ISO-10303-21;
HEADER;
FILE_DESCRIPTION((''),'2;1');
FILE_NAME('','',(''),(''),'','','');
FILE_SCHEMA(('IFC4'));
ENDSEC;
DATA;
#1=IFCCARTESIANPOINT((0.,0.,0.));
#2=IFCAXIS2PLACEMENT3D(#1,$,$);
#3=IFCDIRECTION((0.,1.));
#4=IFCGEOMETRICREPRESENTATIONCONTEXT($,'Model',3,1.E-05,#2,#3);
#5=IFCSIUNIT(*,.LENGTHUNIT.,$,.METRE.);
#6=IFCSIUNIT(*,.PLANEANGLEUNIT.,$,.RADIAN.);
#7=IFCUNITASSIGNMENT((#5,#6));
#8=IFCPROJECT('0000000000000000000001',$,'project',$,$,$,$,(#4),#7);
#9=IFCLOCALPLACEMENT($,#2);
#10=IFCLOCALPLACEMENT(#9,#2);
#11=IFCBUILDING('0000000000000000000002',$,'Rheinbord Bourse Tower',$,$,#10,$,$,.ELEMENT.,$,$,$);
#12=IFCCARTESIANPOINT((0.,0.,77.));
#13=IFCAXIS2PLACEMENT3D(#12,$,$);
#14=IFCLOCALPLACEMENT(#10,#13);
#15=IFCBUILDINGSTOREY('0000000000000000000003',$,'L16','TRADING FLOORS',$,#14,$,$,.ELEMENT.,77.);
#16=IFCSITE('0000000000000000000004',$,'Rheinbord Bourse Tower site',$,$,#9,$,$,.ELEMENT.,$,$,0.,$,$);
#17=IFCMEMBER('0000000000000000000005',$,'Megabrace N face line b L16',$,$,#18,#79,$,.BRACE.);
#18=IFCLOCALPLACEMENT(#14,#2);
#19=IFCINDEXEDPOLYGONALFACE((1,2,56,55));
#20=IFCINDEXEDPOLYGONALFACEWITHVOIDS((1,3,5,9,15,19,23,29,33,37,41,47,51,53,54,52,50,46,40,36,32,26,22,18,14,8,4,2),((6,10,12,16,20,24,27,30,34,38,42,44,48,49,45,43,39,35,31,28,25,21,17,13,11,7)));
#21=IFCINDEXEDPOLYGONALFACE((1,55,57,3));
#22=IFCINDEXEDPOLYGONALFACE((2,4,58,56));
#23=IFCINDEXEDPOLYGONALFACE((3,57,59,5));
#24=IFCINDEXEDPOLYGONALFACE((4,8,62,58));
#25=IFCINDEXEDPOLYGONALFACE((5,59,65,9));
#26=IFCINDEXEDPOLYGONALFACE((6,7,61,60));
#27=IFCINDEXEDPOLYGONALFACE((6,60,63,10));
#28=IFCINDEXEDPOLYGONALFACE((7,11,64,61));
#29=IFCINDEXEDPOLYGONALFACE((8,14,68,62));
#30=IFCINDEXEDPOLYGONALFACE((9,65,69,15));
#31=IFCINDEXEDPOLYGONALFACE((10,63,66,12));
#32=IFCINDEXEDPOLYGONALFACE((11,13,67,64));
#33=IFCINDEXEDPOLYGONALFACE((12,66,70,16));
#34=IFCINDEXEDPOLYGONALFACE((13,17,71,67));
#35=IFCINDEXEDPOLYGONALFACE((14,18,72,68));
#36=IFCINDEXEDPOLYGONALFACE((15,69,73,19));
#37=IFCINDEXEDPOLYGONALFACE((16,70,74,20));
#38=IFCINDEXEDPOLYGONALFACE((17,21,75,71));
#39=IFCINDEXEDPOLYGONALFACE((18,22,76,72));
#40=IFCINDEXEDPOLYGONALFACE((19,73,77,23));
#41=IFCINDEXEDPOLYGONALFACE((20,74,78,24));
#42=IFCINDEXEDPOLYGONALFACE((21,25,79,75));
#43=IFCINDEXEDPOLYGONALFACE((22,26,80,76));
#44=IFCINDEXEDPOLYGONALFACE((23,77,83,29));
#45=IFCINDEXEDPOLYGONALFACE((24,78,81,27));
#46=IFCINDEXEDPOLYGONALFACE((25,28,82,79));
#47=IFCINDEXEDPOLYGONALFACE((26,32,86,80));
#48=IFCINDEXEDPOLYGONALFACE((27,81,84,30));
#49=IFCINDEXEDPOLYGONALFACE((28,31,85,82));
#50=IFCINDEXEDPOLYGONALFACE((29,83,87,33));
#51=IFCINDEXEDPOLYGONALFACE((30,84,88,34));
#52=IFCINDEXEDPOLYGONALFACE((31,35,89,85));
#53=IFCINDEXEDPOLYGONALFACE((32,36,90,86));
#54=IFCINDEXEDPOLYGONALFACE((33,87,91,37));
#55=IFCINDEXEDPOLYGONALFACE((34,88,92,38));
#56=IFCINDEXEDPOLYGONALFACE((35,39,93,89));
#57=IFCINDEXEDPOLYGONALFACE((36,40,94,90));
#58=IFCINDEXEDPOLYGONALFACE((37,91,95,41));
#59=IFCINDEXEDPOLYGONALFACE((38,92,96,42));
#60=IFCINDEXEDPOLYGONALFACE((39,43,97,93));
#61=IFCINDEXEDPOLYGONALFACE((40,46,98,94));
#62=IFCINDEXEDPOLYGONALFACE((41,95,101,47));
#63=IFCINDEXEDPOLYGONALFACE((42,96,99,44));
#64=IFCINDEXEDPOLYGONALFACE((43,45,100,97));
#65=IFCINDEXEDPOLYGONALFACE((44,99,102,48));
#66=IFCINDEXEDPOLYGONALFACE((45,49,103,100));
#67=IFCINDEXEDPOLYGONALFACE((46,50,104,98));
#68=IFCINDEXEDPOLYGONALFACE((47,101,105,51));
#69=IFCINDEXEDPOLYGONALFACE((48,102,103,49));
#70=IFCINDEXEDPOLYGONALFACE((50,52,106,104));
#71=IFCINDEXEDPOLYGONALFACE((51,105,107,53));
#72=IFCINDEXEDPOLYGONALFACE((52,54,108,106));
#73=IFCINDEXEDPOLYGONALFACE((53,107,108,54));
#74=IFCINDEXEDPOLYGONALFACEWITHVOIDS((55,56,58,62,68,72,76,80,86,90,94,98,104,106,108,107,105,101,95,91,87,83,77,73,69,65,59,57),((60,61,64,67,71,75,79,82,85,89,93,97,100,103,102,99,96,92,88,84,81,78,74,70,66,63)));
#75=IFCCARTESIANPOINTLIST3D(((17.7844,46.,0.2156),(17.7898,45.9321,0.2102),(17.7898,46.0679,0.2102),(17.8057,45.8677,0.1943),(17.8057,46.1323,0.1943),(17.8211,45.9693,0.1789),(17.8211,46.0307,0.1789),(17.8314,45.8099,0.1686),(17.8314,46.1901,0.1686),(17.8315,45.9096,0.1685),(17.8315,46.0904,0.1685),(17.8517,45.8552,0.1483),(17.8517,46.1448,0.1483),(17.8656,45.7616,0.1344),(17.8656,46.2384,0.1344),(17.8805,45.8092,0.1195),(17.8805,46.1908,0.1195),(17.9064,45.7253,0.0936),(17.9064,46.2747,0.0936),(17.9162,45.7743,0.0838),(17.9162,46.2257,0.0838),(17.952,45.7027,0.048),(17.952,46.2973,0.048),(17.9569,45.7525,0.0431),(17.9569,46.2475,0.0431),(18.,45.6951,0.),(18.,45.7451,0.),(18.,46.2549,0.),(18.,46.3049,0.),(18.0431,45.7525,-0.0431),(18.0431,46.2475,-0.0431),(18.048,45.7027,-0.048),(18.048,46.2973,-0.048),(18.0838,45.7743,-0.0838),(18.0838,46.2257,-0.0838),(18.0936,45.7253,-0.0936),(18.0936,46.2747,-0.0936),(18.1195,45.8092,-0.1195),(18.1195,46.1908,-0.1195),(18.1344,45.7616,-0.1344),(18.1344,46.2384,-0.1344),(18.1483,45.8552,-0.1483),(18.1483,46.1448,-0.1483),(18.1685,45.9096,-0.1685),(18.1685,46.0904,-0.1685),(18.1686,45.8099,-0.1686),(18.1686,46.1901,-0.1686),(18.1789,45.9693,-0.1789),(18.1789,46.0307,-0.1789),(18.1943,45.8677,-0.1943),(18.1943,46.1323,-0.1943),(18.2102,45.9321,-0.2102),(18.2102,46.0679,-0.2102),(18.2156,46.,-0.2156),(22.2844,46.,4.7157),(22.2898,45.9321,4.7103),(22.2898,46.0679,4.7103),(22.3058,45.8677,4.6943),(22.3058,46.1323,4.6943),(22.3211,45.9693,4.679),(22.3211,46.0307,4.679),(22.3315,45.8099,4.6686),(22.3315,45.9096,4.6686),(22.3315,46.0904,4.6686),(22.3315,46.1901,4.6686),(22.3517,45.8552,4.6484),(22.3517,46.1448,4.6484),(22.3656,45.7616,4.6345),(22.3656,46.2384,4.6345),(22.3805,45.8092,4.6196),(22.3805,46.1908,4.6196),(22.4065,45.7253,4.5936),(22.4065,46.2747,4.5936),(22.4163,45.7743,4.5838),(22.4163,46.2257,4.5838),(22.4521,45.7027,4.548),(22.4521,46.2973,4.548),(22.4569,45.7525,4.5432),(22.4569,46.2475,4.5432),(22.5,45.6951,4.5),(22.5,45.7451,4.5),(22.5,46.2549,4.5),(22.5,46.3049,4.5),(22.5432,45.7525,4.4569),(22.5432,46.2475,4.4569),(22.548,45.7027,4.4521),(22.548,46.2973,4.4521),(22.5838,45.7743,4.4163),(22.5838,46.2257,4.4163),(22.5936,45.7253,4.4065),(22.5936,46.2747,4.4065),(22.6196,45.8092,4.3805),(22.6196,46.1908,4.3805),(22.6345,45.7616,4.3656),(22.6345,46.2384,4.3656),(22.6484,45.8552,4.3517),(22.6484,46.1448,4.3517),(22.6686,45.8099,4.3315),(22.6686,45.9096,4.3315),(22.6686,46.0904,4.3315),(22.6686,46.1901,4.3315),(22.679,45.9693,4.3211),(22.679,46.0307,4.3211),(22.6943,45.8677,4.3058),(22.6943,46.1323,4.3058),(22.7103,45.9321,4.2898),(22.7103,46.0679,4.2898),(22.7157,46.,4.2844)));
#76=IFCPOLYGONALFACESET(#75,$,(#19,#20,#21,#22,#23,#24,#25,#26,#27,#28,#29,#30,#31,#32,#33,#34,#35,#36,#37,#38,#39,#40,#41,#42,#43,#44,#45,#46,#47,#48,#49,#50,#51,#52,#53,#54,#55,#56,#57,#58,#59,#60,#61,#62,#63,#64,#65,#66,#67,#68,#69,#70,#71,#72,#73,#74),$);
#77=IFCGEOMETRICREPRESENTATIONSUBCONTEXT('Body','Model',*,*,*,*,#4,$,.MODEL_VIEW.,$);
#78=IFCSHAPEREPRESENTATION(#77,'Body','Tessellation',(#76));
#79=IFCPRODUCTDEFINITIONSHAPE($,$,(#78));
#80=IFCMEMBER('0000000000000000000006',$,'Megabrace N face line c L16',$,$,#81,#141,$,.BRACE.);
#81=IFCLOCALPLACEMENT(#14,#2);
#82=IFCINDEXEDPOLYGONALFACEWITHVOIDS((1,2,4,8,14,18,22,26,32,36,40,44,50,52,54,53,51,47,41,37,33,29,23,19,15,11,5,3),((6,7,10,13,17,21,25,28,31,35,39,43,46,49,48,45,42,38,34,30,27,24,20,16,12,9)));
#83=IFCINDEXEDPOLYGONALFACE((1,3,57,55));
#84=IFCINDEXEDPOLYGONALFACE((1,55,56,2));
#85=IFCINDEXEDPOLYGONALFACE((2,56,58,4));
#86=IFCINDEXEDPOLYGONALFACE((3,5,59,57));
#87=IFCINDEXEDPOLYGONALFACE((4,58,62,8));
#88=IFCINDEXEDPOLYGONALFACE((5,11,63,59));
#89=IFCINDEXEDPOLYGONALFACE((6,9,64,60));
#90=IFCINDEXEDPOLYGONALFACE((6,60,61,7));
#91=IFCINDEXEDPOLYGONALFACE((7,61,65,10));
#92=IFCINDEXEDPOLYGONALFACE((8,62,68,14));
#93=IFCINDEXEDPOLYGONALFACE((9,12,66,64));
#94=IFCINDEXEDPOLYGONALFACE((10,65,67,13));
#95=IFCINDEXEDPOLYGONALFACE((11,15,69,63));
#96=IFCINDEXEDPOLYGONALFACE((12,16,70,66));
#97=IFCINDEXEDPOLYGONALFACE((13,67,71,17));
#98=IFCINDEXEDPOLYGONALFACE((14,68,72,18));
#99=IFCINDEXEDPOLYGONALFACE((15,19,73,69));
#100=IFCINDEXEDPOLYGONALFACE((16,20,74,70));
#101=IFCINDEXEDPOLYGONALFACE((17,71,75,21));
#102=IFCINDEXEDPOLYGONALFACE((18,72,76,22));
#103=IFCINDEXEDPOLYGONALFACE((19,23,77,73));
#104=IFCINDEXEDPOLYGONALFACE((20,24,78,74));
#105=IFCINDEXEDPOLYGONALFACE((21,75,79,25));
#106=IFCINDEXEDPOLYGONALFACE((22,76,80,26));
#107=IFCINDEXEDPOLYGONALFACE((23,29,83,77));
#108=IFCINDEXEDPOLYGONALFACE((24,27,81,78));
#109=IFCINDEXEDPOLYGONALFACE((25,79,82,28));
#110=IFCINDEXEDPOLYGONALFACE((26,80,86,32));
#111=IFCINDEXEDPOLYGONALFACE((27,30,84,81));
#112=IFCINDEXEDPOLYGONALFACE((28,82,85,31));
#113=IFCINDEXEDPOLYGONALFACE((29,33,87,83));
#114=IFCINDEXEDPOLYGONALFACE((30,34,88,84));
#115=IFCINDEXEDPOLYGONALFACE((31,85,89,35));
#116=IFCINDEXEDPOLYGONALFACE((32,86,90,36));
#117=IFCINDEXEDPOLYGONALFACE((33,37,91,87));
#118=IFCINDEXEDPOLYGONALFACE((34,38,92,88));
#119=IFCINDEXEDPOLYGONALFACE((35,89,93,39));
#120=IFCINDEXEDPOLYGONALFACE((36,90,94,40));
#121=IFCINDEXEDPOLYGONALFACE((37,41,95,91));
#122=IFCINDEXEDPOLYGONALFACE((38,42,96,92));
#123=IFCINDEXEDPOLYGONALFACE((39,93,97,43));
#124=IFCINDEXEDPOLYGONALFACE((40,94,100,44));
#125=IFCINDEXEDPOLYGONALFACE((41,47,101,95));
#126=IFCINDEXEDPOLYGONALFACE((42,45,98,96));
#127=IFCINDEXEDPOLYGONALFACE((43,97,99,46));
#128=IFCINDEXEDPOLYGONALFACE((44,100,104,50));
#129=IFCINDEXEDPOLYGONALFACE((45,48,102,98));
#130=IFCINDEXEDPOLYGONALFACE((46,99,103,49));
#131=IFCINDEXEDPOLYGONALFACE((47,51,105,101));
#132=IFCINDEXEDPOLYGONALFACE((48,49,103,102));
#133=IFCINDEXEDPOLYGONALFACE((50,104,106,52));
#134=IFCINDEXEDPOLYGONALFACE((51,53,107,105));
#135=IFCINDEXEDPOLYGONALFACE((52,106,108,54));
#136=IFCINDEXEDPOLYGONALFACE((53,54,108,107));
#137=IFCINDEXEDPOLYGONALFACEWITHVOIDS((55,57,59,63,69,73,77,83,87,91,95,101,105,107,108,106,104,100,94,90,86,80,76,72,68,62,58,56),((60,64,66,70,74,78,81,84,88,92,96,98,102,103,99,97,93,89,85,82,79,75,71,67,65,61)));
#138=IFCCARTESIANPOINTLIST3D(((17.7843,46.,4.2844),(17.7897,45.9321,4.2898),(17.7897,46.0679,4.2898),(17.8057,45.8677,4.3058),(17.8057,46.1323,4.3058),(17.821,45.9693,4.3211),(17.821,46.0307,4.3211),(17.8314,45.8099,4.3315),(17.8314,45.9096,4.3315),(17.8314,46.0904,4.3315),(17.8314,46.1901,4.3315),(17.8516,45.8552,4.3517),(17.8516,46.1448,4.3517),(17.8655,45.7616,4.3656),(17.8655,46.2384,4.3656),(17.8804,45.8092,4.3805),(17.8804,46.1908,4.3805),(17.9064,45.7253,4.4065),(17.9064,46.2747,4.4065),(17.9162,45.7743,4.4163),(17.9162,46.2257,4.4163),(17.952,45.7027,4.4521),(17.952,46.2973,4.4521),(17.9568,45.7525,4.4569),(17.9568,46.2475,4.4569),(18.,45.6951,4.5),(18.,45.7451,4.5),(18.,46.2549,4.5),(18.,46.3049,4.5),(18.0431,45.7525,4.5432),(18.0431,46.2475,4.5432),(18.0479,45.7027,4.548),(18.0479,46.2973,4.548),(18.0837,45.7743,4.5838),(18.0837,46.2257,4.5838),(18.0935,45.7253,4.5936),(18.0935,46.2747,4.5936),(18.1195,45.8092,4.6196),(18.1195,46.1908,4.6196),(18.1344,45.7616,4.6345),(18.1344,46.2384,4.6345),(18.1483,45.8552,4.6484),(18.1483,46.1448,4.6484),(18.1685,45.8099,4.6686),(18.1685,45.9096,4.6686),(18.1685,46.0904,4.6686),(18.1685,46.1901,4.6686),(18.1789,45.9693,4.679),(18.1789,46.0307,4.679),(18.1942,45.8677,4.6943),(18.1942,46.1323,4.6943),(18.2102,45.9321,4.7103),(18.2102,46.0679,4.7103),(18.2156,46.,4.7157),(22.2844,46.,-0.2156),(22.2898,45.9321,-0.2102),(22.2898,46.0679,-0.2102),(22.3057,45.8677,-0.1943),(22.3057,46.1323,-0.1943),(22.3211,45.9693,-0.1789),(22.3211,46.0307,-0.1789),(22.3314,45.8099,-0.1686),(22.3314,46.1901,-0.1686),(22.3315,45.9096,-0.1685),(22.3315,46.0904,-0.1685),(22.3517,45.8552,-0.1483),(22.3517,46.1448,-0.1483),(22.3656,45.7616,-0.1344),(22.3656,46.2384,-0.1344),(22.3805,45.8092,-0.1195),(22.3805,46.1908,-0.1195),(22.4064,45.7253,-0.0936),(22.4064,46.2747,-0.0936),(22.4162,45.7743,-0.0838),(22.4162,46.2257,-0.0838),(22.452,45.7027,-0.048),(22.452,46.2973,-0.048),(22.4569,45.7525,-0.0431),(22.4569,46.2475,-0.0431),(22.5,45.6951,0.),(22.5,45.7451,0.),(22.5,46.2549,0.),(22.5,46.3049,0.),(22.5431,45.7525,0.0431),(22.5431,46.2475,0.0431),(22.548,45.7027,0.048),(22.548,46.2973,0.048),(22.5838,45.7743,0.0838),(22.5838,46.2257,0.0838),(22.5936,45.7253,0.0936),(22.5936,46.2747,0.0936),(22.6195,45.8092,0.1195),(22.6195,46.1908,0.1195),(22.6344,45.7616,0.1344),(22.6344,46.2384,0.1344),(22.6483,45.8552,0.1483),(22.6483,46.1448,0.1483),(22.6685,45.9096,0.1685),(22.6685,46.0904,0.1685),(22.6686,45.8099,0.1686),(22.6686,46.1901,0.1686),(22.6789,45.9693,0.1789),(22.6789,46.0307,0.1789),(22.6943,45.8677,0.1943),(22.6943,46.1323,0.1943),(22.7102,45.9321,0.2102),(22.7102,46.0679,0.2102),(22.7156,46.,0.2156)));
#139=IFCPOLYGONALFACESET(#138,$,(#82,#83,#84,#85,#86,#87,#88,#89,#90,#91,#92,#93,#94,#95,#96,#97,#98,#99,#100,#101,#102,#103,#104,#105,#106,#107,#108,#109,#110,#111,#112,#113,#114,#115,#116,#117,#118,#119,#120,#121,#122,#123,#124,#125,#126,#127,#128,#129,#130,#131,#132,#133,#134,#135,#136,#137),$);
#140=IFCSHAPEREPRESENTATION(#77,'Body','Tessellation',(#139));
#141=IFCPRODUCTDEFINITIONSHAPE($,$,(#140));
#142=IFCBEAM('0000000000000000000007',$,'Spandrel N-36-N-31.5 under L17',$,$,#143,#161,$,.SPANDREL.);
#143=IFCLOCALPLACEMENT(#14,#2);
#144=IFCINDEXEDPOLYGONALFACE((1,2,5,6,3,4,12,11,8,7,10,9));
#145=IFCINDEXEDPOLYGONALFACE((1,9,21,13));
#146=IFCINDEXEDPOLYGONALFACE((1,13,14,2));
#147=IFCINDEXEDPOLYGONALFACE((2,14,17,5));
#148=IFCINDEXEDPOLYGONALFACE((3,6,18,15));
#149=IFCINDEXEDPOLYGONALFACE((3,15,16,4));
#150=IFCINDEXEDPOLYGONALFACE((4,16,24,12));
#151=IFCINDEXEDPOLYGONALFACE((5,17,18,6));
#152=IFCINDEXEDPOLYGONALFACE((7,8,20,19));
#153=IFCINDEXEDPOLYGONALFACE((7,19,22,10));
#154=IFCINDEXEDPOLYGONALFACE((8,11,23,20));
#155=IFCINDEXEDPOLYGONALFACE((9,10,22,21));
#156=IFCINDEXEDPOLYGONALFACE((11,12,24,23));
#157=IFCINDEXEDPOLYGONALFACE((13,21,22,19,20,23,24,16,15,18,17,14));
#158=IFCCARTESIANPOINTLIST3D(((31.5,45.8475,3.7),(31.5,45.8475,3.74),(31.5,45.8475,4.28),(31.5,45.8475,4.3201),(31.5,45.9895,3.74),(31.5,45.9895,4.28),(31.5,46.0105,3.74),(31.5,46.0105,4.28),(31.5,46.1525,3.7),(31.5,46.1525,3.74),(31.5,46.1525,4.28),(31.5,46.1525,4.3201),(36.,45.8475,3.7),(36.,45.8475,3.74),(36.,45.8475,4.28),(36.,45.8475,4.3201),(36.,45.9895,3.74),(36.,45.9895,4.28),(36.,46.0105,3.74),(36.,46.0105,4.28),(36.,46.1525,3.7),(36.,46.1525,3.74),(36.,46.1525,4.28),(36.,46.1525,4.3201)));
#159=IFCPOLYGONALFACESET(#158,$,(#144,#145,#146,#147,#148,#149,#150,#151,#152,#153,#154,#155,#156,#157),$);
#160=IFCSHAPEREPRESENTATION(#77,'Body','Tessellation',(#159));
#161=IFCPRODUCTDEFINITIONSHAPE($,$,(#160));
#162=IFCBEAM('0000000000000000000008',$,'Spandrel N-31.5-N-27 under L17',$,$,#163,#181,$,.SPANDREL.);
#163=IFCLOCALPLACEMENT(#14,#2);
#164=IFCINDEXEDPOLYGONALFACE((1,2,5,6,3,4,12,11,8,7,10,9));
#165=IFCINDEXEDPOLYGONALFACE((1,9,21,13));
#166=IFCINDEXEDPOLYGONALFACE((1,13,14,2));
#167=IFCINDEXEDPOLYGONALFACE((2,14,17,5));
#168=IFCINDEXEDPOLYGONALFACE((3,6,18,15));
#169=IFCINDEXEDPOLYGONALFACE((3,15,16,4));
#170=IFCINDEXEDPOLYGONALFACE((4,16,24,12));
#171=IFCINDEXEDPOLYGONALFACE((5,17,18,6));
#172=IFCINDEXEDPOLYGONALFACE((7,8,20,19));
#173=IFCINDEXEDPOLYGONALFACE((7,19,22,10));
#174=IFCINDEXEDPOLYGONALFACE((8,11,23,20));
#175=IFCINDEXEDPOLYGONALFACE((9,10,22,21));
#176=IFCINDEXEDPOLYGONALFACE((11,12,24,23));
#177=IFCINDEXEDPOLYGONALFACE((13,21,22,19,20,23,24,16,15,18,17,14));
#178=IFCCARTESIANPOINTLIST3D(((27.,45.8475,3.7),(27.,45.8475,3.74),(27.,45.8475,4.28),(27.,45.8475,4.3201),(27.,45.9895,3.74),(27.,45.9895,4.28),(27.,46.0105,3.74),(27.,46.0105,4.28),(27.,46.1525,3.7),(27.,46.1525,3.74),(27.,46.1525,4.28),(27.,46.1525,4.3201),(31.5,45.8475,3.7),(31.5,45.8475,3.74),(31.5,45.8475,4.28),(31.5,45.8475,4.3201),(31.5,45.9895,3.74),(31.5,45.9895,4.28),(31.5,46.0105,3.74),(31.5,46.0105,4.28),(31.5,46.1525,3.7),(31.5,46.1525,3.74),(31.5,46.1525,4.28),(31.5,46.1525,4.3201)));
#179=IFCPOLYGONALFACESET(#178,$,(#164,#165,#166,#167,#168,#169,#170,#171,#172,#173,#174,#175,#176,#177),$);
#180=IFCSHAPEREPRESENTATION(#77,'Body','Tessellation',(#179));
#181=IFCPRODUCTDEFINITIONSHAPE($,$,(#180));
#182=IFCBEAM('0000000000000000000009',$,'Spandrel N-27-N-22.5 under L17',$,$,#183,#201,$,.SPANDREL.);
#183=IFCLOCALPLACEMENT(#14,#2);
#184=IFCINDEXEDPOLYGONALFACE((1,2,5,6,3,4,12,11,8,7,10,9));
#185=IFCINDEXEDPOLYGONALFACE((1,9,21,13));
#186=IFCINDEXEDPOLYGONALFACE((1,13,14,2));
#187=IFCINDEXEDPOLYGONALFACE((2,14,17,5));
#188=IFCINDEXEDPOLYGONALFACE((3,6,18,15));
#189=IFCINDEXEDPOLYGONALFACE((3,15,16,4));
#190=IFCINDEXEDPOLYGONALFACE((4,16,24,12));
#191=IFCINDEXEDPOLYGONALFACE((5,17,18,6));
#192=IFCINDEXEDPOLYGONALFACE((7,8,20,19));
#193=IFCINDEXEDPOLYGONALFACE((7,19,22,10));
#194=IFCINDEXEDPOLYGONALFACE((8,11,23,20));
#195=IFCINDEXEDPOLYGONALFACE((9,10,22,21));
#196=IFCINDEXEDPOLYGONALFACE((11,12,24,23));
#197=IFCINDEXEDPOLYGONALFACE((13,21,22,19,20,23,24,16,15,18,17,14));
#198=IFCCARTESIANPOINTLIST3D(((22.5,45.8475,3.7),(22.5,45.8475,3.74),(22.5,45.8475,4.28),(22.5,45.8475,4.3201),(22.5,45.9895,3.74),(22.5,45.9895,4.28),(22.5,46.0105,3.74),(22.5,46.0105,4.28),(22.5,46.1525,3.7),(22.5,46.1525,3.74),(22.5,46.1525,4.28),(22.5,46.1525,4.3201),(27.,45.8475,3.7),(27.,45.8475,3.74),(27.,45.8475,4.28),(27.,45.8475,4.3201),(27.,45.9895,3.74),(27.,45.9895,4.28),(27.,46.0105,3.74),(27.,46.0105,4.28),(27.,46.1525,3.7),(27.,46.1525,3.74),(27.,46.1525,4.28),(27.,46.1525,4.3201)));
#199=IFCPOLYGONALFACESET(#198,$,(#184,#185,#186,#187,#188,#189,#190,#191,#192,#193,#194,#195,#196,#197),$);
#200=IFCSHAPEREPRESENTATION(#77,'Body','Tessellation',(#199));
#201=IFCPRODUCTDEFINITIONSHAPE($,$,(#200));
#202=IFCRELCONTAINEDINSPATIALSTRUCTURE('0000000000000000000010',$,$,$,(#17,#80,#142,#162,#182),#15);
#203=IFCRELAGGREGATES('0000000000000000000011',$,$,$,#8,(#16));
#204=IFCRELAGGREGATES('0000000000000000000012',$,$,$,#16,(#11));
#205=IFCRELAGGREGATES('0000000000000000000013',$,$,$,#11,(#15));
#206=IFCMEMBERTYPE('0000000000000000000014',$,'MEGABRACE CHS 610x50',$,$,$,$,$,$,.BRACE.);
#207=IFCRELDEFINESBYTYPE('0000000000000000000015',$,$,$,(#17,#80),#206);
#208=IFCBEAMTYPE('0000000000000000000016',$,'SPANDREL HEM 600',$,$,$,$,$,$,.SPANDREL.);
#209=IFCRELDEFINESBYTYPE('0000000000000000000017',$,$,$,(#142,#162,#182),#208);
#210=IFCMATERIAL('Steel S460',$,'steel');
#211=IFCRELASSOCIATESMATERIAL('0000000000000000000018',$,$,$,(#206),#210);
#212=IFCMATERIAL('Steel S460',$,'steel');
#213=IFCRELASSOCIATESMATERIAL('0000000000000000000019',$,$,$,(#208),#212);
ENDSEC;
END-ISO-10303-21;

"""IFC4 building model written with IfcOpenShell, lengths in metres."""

from ifc_helpers import new_model, si_unit, direction, frame, origin, origin_2d, place, context, subcontext, project, spatial, hollow_circle, i_section, extrude, material, material_profile, profile_set, type_object, element, save


model = new_model("IFC4")

# Units and contexts
model_context = context("Model", 3, precision=1e-05, world=origin(), true_north=direction((0.0, 1.0)))
body_context = subcontext(model_context, "Body", "Model", "MODEL_VIEW")
ifc_project = project(units=[si_unit("LENGTHUNIT", "METRE"), si_unit("PLANEANGLEUNIT", "RADIAN")], contexts=[model_context])

# Site, building, storey
site_placement = place(None, origin())
site = spatial("IfcSite", under=ifc_project, at=site_placement, Name="Rheinbord Bourse Tower site", CompositionType="ELEMENT", RefElevation=0.0)
building_placement = place(site_placement, origin())
building = spatial("IfcBuilding", under=site, at=building_placement, Name="Rheinbord Bourse Tower", CompositionType="ELEMENT")
storey_placement = place(building_placement, frame((0.0, 0.0, 77.0)))
storey = spatial("IfcBuildingStorey", under=building, at=storey_placement, Name="L16", Description="TRADING FLOORS", CompositionType="ELEMENT", Elevation=77.0)

# Members
ifc_material_1 = material(Name="Steel S460", Category="steel")
ifc_material_profile_1 = material_profile(ifc_material_1, hollow_circle(Radius=0.3049, WallThickness=0.05, at=origin_2d()), Name="CHS 610x50")
ifc_profile_set_1 = profile_set([ifc_material_profile_1], Name="Steel S460")
member_type_1 = type_object("IfcMemberType", Name="MEGABRACE CHS 610x50", PredefinedType="BRACE", material=ifc_profile_set_1)
for number, where, z_axis, x_axis, name in (
    (1, (18.0, 46.0, 0.0), (0.707107, 0.0, 0.707107), (0.0, 1.0, 0.0), "Megabrace N face line b L16"),
    (2, (22.5, 46.0, 0.0), (-0.707107, 0.0, 0.707107), (0.0, -1.0, 0.0), "Megabrace N face line c L16"),
):
    element("IfcMember", number, at=place(storey_placement, frame(where, z_axis=z_axis, x_axis=x_axis)), inside=storey, type_object=member_type_1, Name=name, PredefinedType="BRACE", context=body_context, shape_type="SweptSolid", body=[
        extrude(hollow_circle(Radius=0.3049, WallThickness=0.05, at=origin_2d()), origin(), (0.0, 0.0, 1.0), 6.364),
    ])

# Beams
ifc_material_2 = material(Name="Steel S460", Category="steel")
ifc_material_profile_2 = material_profile(ifc_material_2, i_section(OverallWidth=0.3049, OverallDepth=0.6201, WebThickness=0.021, FlangeThickness=0.04, at=origin_2d()), Name="HEM 600")
ifc_profile_set_2 = profile_set([ifc_material_profile_2], Name="Steel S460")
beam_type_1 = type_object("IfcBeamType", Name="SPANDREL HEM 600", PredefinedType="SPANDREL", material=ifc_profile_set_2)
for number, where, z_axis, x_axis, name in (
    (3, (36.0, 46.0, 4.01), (-1.0, 0.0, 0.0), (0.0, -1.0, 0.0), "Spandrel N-36-N-31.5 under L17"),
    (4, (31.5, 46.0, 4.01), (-1.0, 0.0, 0.0), (0.0, -1.0, 0.0), "Spandrel N-31.5-N-27 under L17"),
    (5, (27.0, 46.0, 4.01), (-1.0, 0.0, 0.0), (0.0, -1.0, 0.0), "Spandrel N-27-N-22.5 under L17"),
):
    element("IfcBeam", number, at=place(storey_placement, frame(where, z_axis=z_axis, x_axis=x_axis)), inside=storey, type_object=beam_type_1, Name=name, PredefinedType="SPANDREL", context=body_context, shape_type="SweptSolid", body=[
        extrude(i_section(OverallWidth=0.3049, OverallDepth=0.6201, WebThickness=0.021, FlangeThickness=0.04, at=origin_2d()), origin(), (0.0, 0.0, 1.0), 4.5),
    ])

save(model, "model.ifc")
